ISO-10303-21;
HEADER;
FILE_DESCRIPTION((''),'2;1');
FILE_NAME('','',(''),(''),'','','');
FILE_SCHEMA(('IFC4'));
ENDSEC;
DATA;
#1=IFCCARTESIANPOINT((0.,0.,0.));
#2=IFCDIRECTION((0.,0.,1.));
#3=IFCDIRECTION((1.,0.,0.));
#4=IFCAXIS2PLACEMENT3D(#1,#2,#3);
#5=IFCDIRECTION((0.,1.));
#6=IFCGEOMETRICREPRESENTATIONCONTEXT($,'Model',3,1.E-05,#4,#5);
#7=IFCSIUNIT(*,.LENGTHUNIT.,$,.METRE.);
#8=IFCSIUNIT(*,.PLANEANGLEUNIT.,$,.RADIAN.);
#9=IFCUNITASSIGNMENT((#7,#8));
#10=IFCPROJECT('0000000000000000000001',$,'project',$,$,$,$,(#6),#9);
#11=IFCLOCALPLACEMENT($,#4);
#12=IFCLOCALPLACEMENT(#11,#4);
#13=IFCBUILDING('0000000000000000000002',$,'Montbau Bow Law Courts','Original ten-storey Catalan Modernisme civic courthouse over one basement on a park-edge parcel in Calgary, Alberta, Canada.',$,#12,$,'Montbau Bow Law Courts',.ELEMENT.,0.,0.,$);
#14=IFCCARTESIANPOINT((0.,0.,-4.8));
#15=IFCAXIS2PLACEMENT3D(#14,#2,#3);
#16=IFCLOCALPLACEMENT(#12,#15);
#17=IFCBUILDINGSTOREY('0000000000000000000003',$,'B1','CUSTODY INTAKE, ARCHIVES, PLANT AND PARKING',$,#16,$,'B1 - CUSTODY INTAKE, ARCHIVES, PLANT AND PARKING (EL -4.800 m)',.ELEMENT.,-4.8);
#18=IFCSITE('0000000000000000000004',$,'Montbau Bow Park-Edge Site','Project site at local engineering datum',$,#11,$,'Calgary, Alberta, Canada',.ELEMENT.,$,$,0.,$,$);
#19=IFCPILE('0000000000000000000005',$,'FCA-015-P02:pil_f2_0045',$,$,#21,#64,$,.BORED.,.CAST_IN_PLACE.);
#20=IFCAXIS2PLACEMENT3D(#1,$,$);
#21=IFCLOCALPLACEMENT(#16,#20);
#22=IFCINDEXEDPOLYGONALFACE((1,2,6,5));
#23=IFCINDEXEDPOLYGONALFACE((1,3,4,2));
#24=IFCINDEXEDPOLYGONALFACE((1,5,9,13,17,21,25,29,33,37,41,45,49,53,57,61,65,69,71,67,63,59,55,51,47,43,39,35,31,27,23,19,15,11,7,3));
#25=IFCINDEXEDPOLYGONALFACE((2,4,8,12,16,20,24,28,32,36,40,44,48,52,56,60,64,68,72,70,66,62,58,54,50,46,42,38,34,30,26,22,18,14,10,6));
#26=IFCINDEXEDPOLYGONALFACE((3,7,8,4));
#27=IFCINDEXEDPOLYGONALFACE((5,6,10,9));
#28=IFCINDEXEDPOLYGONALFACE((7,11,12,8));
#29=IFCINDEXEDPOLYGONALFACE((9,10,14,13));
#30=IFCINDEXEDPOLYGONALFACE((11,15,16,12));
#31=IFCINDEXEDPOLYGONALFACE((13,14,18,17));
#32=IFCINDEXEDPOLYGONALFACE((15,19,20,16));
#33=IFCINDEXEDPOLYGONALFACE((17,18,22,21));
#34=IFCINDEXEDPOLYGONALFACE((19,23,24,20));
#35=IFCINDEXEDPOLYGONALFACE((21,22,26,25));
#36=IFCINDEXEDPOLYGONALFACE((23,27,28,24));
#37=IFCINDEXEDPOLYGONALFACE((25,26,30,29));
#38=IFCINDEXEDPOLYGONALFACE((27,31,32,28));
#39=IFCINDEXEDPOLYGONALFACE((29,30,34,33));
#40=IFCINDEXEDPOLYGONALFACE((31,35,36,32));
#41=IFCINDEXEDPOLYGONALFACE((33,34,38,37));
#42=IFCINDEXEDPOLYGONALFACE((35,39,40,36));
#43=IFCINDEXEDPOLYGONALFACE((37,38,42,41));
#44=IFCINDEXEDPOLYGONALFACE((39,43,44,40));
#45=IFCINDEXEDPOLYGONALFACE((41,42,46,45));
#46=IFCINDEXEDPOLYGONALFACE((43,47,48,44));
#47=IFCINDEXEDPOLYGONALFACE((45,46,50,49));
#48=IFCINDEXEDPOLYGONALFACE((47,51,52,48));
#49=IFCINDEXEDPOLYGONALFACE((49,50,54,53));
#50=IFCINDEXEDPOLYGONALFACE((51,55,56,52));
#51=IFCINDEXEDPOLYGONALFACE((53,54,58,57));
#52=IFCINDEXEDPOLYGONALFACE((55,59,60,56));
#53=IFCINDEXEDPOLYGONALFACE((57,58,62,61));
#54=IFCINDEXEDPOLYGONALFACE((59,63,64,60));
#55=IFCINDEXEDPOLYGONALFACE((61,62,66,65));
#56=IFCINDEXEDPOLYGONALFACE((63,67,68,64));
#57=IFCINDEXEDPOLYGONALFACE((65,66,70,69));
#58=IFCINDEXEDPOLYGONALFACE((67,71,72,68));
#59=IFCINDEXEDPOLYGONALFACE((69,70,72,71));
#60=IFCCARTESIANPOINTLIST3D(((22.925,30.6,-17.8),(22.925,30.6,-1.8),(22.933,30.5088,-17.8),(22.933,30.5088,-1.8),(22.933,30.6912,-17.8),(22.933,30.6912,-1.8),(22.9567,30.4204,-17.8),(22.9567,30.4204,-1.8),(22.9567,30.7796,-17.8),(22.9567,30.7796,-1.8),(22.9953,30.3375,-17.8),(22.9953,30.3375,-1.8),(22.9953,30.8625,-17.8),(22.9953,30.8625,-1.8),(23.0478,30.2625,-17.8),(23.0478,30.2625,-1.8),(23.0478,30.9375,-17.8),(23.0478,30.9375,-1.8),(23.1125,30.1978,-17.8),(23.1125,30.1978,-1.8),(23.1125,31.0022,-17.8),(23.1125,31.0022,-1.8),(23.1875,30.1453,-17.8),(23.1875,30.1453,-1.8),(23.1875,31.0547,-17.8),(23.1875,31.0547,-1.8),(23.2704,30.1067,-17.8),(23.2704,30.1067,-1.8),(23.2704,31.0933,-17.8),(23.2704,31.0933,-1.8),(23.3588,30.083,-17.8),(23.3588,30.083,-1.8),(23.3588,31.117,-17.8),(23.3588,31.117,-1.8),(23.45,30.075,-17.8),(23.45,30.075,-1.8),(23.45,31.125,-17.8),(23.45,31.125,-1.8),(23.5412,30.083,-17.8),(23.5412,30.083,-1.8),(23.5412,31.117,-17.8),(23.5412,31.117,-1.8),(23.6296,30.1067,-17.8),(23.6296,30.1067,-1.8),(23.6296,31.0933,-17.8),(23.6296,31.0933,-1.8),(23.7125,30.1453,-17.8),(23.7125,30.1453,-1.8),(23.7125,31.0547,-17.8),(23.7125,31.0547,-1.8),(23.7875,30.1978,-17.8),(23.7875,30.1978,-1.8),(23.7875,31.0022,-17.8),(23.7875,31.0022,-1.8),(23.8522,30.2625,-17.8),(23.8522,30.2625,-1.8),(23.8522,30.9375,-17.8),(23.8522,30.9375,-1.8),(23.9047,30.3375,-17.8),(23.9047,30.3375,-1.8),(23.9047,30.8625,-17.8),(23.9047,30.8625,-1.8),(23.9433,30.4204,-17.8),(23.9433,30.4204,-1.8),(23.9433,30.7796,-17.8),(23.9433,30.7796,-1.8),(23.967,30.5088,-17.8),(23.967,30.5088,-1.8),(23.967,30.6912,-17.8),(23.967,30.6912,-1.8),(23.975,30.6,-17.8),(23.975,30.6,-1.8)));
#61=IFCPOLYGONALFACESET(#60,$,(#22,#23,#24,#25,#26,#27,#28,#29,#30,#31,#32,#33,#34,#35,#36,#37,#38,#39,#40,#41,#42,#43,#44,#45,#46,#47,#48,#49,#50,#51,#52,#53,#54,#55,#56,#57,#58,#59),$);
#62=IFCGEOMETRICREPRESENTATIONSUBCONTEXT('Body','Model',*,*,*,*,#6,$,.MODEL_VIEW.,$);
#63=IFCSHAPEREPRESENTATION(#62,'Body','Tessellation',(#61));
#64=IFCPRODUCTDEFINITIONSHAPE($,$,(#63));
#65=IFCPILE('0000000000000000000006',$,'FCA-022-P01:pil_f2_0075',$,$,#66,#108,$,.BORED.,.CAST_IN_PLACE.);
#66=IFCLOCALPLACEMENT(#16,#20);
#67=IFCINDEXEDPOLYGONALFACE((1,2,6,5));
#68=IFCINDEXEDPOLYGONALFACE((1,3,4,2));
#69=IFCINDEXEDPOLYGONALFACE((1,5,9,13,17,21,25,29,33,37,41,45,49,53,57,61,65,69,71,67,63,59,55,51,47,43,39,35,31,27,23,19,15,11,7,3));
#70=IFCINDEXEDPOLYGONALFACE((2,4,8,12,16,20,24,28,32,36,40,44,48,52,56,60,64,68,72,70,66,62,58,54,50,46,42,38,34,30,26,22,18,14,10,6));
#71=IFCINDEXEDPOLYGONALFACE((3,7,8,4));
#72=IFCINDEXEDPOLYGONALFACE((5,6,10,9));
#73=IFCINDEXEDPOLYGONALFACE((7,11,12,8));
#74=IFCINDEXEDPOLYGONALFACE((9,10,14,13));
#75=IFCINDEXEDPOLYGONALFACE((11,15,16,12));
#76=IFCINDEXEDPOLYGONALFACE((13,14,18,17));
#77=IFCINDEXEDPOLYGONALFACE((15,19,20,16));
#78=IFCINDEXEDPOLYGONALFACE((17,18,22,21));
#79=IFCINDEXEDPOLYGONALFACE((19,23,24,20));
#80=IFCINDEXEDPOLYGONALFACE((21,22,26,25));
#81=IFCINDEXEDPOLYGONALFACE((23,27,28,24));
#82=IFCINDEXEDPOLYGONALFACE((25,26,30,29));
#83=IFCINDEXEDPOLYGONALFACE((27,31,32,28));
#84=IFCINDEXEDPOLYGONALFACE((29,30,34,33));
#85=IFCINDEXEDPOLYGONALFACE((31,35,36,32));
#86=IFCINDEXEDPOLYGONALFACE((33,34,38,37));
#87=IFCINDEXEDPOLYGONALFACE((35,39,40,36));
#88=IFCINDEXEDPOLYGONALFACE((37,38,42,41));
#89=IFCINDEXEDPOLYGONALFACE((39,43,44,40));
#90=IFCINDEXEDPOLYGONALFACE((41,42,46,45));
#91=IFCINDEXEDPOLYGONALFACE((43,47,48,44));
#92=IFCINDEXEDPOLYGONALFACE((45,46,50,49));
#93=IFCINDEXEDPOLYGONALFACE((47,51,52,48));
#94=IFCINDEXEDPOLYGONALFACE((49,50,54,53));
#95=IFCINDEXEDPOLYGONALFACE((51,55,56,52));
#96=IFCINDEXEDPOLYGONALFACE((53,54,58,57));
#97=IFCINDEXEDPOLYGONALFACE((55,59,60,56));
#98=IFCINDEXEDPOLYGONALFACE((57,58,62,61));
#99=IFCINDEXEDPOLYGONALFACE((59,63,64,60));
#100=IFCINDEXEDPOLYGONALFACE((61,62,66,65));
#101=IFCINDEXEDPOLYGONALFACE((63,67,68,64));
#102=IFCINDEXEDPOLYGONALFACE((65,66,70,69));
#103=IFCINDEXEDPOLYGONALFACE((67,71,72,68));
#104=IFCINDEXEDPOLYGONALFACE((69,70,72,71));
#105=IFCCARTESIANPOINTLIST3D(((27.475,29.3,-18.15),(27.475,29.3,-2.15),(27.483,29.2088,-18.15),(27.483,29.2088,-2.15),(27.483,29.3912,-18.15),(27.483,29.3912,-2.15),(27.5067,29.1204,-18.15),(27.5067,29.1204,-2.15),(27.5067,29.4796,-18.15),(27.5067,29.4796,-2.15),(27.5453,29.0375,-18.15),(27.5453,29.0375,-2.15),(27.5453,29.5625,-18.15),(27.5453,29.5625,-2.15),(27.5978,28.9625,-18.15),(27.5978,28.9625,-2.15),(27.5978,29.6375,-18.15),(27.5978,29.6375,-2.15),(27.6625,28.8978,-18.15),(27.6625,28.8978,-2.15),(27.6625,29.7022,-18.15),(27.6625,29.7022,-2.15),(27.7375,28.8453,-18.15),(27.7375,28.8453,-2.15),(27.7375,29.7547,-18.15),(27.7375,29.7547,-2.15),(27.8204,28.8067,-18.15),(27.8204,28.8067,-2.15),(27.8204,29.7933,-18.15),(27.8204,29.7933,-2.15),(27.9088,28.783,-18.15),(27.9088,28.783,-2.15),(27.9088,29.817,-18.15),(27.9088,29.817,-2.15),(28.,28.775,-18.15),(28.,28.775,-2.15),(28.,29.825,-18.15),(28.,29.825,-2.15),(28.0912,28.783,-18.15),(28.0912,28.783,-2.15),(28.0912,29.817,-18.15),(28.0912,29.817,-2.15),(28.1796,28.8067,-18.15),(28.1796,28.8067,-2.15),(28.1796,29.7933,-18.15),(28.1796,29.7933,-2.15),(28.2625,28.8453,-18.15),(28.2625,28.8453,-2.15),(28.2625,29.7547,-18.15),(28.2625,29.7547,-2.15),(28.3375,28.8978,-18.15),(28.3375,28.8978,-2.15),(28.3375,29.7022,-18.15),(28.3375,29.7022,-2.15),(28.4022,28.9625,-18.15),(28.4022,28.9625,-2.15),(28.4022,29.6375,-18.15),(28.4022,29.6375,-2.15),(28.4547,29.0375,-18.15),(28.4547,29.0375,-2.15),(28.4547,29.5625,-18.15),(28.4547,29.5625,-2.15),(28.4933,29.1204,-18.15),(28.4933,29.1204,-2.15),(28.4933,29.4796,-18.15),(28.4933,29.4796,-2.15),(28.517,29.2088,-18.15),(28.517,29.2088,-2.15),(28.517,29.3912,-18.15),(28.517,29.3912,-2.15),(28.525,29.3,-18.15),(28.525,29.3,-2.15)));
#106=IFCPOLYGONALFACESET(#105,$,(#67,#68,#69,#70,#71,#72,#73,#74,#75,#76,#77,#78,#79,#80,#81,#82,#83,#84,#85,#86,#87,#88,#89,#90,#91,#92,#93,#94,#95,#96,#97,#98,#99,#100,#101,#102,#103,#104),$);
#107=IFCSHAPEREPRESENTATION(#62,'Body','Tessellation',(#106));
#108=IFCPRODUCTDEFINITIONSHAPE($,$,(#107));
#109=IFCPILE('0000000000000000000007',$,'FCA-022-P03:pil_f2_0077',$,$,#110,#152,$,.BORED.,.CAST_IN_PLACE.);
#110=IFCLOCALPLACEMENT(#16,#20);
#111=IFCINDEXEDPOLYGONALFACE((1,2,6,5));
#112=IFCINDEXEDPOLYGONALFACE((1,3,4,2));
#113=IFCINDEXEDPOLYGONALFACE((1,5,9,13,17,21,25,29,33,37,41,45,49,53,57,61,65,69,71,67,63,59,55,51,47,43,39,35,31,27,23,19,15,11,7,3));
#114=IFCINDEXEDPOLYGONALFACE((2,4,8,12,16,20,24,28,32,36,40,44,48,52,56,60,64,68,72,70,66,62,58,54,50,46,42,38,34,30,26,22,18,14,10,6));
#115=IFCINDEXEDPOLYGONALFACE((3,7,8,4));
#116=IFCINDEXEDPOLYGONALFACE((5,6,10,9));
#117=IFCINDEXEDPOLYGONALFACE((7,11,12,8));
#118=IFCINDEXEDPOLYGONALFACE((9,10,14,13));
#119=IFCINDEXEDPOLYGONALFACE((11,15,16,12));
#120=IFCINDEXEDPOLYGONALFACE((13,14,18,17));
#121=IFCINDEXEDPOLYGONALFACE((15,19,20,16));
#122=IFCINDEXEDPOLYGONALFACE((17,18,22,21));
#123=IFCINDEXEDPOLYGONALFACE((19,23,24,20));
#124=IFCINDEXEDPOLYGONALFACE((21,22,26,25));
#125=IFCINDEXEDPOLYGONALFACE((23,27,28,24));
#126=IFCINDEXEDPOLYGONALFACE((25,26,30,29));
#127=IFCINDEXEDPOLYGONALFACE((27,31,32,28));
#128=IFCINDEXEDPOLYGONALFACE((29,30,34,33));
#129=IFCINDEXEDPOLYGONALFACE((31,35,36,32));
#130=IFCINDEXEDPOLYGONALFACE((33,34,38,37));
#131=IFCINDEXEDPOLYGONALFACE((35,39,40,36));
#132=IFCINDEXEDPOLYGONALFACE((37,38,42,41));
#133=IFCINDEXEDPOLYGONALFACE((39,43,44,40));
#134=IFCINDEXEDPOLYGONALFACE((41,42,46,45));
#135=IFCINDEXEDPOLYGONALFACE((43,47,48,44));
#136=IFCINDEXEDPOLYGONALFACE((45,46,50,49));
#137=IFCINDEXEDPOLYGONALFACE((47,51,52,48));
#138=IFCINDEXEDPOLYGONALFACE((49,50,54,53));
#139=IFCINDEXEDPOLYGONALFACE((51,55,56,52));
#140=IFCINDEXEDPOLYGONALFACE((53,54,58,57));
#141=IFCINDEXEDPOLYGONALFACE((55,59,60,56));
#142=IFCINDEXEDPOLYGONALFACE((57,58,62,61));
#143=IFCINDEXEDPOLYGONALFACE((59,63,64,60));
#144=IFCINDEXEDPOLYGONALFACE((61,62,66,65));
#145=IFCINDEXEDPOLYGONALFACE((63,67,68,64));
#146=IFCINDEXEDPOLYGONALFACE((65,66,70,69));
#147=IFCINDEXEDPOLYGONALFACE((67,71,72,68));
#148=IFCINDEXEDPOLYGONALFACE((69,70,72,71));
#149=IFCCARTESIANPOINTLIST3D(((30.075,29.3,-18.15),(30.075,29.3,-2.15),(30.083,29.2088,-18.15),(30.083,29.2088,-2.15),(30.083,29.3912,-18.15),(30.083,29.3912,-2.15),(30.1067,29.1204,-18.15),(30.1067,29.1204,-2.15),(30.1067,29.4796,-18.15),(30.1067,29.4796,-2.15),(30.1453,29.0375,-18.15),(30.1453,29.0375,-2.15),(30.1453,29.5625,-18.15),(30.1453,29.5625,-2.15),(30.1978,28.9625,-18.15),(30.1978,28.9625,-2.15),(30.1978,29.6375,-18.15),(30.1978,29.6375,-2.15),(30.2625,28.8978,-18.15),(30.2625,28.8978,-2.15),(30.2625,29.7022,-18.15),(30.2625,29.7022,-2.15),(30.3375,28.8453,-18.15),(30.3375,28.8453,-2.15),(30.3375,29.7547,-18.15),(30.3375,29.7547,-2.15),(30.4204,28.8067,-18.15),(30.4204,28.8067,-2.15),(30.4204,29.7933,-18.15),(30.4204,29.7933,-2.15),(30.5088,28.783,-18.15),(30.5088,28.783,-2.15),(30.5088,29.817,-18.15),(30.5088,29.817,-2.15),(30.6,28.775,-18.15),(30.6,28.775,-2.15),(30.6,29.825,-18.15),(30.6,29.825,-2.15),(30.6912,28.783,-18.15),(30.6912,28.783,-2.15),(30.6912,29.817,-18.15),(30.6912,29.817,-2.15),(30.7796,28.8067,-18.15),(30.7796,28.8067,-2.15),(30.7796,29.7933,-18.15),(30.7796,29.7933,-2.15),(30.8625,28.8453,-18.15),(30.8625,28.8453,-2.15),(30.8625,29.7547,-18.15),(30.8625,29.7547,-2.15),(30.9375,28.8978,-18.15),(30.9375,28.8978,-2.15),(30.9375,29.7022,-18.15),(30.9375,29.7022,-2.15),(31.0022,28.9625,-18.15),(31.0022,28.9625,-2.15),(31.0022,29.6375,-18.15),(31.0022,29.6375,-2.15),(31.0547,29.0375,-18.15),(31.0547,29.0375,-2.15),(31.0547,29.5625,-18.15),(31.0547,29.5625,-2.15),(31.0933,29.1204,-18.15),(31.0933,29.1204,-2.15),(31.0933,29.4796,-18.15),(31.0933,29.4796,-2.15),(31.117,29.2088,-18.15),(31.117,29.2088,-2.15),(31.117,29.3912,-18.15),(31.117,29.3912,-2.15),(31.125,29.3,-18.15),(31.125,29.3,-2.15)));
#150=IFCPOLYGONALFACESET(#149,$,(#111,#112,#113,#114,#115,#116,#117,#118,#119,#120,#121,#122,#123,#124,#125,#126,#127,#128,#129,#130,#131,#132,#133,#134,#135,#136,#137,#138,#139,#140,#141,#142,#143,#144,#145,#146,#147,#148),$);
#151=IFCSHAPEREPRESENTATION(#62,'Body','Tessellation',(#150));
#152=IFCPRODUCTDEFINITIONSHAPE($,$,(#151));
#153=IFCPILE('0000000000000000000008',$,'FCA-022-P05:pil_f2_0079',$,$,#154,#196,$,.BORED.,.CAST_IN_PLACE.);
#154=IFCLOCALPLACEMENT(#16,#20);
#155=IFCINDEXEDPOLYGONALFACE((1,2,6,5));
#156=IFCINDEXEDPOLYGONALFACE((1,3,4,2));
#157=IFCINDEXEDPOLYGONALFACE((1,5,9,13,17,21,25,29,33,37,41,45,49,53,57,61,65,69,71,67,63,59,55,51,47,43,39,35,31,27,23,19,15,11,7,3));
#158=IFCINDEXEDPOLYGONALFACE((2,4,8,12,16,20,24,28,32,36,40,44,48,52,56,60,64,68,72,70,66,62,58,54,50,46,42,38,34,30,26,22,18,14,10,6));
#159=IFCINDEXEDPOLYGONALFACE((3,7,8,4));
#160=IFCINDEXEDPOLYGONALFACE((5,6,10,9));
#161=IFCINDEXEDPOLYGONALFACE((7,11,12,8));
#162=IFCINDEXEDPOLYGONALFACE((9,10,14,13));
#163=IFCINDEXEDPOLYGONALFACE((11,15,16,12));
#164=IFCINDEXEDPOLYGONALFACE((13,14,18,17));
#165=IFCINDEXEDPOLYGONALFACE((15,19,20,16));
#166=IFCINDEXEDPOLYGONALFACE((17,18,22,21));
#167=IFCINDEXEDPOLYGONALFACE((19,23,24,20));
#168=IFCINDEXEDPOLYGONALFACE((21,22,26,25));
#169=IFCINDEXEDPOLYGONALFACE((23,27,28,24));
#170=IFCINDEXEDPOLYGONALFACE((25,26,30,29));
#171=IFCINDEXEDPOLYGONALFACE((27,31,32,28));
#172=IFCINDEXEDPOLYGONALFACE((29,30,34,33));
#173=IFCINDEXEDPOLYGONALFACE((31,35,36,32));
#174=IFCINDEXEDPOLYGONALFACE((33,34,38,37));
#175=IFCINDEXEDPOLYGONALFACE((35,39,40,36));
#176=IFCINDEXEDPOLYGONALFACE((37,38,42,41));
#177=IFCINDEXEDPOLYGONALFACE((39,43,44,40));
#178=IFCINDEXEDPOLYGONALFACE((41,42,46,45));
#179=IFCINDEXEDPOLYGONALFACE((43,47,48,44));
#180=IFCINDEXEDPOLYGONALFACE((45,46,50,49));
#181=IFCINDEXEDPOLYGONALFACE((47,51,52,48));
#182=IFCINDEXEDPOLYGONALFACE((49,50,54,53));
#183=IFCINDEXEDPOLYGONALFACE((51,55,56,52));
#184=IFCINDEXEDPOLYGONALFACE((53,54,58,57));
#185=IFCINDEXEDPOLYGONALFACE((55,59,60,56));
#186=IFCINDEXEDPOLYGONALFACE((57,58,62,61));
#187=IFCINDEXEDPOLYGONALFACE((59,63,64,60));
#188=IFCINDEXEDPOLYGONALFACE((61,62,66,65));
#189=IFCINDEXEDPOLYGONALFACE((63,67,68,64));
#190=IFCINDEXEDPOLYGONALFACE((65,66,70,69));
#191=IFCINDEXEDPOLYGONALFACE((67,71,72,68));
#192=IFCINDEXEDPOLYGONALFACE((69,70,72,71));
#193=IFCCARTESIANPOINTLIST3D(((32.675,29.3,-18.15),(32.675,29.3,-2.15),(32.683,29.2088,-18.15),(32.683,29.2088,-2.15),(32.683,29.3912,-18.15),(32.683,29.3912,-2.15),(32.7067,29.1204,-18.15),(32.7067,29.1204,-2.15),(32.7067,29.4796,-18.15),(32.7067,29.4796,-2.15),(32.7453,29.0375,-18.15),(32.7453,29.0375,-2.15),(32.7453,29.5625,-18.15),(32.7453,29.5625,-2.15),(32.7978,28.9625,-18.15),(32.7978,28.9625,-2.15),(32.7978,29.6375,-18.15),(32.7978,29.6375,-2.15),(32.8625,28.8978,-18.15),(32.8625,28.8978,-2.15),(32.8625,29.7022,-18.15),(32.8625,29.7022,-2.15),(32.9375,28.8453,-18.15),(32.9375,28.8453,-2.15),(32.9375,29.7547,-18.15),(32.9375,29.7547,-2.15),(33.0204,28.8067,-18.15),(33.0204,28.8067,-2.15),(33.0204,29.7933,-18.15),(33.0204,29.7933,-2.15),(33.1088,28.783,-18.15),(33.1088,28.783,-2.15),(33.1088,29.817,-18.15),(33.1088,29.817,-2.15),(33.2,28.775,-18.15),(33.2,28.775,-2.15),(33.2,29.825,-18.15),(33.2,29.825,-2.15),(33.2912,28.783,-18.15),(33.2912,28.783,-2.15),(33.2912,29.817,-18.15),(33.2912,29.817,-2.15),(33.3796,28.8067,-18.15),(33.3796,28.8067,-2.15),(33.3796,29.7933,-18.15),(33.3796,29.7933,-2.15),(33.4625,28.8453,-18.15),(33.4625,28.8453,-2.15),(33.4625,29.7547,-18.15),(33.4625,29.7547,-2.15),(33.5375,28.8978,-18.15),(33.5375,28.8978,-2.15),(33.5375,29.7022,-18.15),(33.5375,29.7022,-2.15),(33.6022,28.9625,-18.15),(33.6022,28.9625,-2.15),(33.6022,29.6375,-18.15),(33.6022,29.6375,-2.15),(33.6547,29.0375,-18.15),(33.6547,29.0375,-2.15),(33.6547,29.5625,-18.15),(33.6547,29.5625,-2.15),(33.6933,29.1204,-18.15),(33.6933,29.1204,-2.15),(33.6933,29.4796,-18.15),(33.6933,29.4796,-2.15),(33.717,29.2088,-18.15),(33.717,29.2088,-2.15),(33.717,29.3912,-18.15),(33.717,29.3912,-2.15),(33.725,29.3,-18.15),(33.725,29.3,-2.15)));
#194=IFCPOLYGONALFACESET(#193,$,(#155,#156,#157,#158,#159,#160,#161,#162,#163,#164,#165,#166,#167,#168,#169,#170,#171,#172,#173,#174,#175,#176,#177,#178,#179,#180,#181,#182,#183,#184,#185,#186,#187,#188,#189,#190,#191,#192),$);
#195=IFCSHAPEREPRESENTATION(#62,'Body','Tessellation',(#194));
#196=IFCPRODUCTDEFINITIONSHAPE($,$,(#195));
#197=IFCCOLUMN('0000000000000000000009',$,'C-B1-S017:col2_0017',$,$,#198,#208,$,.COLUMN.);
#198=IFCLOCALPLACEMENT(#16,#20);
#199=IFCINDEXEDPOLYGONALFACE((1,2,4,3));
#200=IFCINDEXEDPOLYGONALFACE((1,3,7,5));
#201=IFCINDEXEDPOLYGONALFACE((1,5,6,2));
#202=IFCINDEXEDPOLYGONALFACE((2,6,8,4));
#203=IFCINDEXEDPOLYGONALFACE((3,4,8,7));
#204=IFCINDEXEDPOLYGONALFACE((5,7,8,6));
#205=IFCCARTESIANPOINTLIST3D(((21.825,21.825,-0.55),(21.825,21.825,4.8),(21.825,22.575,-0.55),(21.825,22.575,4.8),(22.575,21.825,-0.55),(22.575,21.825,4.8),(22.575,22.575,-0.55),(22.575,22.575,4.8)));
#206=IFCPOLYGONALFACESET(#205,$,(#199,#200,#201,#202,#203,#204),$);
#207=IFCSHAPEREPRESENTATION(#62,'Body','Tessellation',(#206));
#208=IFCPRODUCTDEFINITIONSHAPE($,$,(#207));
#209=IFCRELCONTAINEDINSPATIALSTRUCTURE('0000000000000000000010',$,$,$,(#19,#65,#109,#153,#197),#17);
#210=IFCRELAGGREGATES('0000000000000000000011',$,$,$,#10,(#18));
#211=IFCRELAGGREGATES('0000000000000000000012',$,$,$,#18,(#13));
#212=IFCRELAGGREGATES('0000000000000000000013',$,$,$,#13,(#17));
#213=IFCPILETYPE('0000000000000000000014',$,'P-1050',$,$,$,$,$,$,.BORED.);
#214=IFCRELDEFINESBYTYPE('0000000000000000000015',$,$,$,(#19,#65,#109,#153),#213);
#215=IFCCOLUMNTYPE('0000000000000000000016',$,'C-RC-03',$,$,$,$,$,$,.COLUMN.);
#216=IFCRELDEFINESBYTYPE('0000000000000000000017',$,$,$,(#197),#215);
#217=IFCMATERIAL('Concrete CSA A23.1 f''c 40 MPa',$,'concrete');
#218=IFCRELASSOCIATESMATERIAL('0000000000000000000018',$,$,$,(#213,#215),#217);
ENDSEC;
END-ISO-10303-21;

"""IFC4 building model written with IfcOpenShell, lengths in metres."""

from ifc_helpers import new_model, si_unit, direction, frame, origin_with_axes, origin_2d_with_axis, place, context, subcontext, project, spatial, rectangle, circle, extrude, material, material_profile, profile_set, type_object, element, save


model = new_model("IFC4")

# Units and contexts
model_context = context("Model", 3, precision=1e-05, world=origin_with_axes(), true_north=direction((0.0, 1.0)))
body_context = subcontext(model_context, "Body", "Model", "MODEL_VIEW")
ifc_project = project(units=[si_unit("LENGTHUNIT", "METRE"), si_unit("PLANEANGLEUNIT", "RADIAN")], contexts=[model_context])

# Site, building, storey
site_placement = place(None, origin_with_axes())
site = spatial("IfcSite", under=ifc_project, at=site_placement, Name="Montbau Bow Park-Edge Site", Description="Project site at local engineering datum", LongName="Calgary, Alberta, Canada", CompositionType="ELEMENT", RefElevation=0.0)
building_placement = place(site_placement, origin_with_axes())
building = spatial("IfcBuilding", under=site, at=building_placement, Name="Montbau Bow Law Courts", Description="Original ten-storey Catalan Modernisme civic courthouse over one basement on a park-edge parcel in Calgary, Alberta, Canada.", LongName="Montbau Bow Law Courts", CompositionType="ELEMENT", ElevationOfRefHeight=0.0, ElevationOfTerrain=0.0)
storey_placement = place(building_placement, frame((0.0, 0.0, -4.8), z_axis=(0.0, 0.0, 1.0), x_axis=(1.0, 0.0, 0.0)))
storey = spatial("IfcBuildingStorey", under=building, at=storey_placement, Name="B1", Description="CUSTODY INTAKE, ARCHIVES, PLANT AND PARKING", LongName="B1 - CUSTODY INTAKE, ARCHIVES, PLANT AND PARKING (EL -4.800 m)", CompositionType="ELEMENT", Elevation=-4.8)

# Piles
ifc_material_1 = material(Name="Concrete CSA A23.1 f'c 40 MPa", Category="concrete")
ifc_material_profile_1 = material_profile(ifc_material_1, circle(Radius=0.525, at=origin_2d_with_axis()), Name="BP1050", Category="Main", Priority=0)
ifc_profile_set_1 = profile_set([ifc_material_profile_1], Name="Concrete CSA A23.1 f'c 40 MPa")
pile_type_1 = type_object("IfcPileType", Name="P-1050", PredefinedType="BORED", material=ifc_profile_set_1)
for number, where, z_axis, x_axis, name in (
    (1, (23.45, 30.6, -22.6), (0.0, 0.0, 1.0), (1.0, 0.0, 0.0), "FCA-015-P02:pil_f2_0045"),
    (2, (28.0, 29.3, -22.95), (0.0, 0.0, 1.0), (1.0, 0.0, 0.0), "FCA-022-P01:pil_f2_0075"),
    (3, (30.6, 29.3, -22.95), (0.0, 0.0, 1.0), (1.0, 0.0, 0.0), "FCA-022-P03:pil_f2_0077"),
    (4, (33.2, 29.3, -22.95), (0.0, 0.0, 1.0), (1.0, 0.0, 0.0), "FCA-022-P05:pil_f2_0079"),
):
    element("IfcPile", number, at=place(None, frame(where, z_axis=z_axis, x_axis=x_axis)), inside=storey, type_object=pile_type_1, Name=name, ConstructionType="CAST_IN_PLACE", PredefinedType="BORED", context=body_context, shape_type="SweptSolid", body=[
        extrude(circle(Radius=0.525, at=origin_2d_with_axis()), origin_with_axes(), (0.0, 0.0, 1.0), 16.0),
    ])

# Column
ifc_material_profile_2 = material_profile(ifc_material_1, rectangle(XDim=0.75, YDim=0.75, at=origin_2d_with_axis()), Name="RC750X750", Category="Main", Priority=0)
ifc_profile_set_2 = profile_set([ifc_material_profile_2], Name="Concrete CSA A23.1 f'c 40 MPa")
column_type_1 = type_object("IfcColumnType", Name="C-RC-03", PredefinedType="COLUMN", material=ifc_profile_set_2)
column_1_placement = place(None, frame((22.2, 22.2, -5.35), z_axis=(0.0, 0.0, 1.0), x_axis=(1.0, 0.0, 0.0)))
element("IfcColumn", 5, at=column_1_placement, inside=storey, type_object=column_type_1, Name="C-B1-S017:col2_0017", PredefinedType="COLUMN", context=body_context, shape_type="SweptSolid", body=[
    extrude(rectangle(XDim=0.75, YDim=0.75, at=origin_2d_with_axis()), origin_with_axes(), (0.0, 0.0, 1.0), 5.35),
])

save(model, "model.ifc")
